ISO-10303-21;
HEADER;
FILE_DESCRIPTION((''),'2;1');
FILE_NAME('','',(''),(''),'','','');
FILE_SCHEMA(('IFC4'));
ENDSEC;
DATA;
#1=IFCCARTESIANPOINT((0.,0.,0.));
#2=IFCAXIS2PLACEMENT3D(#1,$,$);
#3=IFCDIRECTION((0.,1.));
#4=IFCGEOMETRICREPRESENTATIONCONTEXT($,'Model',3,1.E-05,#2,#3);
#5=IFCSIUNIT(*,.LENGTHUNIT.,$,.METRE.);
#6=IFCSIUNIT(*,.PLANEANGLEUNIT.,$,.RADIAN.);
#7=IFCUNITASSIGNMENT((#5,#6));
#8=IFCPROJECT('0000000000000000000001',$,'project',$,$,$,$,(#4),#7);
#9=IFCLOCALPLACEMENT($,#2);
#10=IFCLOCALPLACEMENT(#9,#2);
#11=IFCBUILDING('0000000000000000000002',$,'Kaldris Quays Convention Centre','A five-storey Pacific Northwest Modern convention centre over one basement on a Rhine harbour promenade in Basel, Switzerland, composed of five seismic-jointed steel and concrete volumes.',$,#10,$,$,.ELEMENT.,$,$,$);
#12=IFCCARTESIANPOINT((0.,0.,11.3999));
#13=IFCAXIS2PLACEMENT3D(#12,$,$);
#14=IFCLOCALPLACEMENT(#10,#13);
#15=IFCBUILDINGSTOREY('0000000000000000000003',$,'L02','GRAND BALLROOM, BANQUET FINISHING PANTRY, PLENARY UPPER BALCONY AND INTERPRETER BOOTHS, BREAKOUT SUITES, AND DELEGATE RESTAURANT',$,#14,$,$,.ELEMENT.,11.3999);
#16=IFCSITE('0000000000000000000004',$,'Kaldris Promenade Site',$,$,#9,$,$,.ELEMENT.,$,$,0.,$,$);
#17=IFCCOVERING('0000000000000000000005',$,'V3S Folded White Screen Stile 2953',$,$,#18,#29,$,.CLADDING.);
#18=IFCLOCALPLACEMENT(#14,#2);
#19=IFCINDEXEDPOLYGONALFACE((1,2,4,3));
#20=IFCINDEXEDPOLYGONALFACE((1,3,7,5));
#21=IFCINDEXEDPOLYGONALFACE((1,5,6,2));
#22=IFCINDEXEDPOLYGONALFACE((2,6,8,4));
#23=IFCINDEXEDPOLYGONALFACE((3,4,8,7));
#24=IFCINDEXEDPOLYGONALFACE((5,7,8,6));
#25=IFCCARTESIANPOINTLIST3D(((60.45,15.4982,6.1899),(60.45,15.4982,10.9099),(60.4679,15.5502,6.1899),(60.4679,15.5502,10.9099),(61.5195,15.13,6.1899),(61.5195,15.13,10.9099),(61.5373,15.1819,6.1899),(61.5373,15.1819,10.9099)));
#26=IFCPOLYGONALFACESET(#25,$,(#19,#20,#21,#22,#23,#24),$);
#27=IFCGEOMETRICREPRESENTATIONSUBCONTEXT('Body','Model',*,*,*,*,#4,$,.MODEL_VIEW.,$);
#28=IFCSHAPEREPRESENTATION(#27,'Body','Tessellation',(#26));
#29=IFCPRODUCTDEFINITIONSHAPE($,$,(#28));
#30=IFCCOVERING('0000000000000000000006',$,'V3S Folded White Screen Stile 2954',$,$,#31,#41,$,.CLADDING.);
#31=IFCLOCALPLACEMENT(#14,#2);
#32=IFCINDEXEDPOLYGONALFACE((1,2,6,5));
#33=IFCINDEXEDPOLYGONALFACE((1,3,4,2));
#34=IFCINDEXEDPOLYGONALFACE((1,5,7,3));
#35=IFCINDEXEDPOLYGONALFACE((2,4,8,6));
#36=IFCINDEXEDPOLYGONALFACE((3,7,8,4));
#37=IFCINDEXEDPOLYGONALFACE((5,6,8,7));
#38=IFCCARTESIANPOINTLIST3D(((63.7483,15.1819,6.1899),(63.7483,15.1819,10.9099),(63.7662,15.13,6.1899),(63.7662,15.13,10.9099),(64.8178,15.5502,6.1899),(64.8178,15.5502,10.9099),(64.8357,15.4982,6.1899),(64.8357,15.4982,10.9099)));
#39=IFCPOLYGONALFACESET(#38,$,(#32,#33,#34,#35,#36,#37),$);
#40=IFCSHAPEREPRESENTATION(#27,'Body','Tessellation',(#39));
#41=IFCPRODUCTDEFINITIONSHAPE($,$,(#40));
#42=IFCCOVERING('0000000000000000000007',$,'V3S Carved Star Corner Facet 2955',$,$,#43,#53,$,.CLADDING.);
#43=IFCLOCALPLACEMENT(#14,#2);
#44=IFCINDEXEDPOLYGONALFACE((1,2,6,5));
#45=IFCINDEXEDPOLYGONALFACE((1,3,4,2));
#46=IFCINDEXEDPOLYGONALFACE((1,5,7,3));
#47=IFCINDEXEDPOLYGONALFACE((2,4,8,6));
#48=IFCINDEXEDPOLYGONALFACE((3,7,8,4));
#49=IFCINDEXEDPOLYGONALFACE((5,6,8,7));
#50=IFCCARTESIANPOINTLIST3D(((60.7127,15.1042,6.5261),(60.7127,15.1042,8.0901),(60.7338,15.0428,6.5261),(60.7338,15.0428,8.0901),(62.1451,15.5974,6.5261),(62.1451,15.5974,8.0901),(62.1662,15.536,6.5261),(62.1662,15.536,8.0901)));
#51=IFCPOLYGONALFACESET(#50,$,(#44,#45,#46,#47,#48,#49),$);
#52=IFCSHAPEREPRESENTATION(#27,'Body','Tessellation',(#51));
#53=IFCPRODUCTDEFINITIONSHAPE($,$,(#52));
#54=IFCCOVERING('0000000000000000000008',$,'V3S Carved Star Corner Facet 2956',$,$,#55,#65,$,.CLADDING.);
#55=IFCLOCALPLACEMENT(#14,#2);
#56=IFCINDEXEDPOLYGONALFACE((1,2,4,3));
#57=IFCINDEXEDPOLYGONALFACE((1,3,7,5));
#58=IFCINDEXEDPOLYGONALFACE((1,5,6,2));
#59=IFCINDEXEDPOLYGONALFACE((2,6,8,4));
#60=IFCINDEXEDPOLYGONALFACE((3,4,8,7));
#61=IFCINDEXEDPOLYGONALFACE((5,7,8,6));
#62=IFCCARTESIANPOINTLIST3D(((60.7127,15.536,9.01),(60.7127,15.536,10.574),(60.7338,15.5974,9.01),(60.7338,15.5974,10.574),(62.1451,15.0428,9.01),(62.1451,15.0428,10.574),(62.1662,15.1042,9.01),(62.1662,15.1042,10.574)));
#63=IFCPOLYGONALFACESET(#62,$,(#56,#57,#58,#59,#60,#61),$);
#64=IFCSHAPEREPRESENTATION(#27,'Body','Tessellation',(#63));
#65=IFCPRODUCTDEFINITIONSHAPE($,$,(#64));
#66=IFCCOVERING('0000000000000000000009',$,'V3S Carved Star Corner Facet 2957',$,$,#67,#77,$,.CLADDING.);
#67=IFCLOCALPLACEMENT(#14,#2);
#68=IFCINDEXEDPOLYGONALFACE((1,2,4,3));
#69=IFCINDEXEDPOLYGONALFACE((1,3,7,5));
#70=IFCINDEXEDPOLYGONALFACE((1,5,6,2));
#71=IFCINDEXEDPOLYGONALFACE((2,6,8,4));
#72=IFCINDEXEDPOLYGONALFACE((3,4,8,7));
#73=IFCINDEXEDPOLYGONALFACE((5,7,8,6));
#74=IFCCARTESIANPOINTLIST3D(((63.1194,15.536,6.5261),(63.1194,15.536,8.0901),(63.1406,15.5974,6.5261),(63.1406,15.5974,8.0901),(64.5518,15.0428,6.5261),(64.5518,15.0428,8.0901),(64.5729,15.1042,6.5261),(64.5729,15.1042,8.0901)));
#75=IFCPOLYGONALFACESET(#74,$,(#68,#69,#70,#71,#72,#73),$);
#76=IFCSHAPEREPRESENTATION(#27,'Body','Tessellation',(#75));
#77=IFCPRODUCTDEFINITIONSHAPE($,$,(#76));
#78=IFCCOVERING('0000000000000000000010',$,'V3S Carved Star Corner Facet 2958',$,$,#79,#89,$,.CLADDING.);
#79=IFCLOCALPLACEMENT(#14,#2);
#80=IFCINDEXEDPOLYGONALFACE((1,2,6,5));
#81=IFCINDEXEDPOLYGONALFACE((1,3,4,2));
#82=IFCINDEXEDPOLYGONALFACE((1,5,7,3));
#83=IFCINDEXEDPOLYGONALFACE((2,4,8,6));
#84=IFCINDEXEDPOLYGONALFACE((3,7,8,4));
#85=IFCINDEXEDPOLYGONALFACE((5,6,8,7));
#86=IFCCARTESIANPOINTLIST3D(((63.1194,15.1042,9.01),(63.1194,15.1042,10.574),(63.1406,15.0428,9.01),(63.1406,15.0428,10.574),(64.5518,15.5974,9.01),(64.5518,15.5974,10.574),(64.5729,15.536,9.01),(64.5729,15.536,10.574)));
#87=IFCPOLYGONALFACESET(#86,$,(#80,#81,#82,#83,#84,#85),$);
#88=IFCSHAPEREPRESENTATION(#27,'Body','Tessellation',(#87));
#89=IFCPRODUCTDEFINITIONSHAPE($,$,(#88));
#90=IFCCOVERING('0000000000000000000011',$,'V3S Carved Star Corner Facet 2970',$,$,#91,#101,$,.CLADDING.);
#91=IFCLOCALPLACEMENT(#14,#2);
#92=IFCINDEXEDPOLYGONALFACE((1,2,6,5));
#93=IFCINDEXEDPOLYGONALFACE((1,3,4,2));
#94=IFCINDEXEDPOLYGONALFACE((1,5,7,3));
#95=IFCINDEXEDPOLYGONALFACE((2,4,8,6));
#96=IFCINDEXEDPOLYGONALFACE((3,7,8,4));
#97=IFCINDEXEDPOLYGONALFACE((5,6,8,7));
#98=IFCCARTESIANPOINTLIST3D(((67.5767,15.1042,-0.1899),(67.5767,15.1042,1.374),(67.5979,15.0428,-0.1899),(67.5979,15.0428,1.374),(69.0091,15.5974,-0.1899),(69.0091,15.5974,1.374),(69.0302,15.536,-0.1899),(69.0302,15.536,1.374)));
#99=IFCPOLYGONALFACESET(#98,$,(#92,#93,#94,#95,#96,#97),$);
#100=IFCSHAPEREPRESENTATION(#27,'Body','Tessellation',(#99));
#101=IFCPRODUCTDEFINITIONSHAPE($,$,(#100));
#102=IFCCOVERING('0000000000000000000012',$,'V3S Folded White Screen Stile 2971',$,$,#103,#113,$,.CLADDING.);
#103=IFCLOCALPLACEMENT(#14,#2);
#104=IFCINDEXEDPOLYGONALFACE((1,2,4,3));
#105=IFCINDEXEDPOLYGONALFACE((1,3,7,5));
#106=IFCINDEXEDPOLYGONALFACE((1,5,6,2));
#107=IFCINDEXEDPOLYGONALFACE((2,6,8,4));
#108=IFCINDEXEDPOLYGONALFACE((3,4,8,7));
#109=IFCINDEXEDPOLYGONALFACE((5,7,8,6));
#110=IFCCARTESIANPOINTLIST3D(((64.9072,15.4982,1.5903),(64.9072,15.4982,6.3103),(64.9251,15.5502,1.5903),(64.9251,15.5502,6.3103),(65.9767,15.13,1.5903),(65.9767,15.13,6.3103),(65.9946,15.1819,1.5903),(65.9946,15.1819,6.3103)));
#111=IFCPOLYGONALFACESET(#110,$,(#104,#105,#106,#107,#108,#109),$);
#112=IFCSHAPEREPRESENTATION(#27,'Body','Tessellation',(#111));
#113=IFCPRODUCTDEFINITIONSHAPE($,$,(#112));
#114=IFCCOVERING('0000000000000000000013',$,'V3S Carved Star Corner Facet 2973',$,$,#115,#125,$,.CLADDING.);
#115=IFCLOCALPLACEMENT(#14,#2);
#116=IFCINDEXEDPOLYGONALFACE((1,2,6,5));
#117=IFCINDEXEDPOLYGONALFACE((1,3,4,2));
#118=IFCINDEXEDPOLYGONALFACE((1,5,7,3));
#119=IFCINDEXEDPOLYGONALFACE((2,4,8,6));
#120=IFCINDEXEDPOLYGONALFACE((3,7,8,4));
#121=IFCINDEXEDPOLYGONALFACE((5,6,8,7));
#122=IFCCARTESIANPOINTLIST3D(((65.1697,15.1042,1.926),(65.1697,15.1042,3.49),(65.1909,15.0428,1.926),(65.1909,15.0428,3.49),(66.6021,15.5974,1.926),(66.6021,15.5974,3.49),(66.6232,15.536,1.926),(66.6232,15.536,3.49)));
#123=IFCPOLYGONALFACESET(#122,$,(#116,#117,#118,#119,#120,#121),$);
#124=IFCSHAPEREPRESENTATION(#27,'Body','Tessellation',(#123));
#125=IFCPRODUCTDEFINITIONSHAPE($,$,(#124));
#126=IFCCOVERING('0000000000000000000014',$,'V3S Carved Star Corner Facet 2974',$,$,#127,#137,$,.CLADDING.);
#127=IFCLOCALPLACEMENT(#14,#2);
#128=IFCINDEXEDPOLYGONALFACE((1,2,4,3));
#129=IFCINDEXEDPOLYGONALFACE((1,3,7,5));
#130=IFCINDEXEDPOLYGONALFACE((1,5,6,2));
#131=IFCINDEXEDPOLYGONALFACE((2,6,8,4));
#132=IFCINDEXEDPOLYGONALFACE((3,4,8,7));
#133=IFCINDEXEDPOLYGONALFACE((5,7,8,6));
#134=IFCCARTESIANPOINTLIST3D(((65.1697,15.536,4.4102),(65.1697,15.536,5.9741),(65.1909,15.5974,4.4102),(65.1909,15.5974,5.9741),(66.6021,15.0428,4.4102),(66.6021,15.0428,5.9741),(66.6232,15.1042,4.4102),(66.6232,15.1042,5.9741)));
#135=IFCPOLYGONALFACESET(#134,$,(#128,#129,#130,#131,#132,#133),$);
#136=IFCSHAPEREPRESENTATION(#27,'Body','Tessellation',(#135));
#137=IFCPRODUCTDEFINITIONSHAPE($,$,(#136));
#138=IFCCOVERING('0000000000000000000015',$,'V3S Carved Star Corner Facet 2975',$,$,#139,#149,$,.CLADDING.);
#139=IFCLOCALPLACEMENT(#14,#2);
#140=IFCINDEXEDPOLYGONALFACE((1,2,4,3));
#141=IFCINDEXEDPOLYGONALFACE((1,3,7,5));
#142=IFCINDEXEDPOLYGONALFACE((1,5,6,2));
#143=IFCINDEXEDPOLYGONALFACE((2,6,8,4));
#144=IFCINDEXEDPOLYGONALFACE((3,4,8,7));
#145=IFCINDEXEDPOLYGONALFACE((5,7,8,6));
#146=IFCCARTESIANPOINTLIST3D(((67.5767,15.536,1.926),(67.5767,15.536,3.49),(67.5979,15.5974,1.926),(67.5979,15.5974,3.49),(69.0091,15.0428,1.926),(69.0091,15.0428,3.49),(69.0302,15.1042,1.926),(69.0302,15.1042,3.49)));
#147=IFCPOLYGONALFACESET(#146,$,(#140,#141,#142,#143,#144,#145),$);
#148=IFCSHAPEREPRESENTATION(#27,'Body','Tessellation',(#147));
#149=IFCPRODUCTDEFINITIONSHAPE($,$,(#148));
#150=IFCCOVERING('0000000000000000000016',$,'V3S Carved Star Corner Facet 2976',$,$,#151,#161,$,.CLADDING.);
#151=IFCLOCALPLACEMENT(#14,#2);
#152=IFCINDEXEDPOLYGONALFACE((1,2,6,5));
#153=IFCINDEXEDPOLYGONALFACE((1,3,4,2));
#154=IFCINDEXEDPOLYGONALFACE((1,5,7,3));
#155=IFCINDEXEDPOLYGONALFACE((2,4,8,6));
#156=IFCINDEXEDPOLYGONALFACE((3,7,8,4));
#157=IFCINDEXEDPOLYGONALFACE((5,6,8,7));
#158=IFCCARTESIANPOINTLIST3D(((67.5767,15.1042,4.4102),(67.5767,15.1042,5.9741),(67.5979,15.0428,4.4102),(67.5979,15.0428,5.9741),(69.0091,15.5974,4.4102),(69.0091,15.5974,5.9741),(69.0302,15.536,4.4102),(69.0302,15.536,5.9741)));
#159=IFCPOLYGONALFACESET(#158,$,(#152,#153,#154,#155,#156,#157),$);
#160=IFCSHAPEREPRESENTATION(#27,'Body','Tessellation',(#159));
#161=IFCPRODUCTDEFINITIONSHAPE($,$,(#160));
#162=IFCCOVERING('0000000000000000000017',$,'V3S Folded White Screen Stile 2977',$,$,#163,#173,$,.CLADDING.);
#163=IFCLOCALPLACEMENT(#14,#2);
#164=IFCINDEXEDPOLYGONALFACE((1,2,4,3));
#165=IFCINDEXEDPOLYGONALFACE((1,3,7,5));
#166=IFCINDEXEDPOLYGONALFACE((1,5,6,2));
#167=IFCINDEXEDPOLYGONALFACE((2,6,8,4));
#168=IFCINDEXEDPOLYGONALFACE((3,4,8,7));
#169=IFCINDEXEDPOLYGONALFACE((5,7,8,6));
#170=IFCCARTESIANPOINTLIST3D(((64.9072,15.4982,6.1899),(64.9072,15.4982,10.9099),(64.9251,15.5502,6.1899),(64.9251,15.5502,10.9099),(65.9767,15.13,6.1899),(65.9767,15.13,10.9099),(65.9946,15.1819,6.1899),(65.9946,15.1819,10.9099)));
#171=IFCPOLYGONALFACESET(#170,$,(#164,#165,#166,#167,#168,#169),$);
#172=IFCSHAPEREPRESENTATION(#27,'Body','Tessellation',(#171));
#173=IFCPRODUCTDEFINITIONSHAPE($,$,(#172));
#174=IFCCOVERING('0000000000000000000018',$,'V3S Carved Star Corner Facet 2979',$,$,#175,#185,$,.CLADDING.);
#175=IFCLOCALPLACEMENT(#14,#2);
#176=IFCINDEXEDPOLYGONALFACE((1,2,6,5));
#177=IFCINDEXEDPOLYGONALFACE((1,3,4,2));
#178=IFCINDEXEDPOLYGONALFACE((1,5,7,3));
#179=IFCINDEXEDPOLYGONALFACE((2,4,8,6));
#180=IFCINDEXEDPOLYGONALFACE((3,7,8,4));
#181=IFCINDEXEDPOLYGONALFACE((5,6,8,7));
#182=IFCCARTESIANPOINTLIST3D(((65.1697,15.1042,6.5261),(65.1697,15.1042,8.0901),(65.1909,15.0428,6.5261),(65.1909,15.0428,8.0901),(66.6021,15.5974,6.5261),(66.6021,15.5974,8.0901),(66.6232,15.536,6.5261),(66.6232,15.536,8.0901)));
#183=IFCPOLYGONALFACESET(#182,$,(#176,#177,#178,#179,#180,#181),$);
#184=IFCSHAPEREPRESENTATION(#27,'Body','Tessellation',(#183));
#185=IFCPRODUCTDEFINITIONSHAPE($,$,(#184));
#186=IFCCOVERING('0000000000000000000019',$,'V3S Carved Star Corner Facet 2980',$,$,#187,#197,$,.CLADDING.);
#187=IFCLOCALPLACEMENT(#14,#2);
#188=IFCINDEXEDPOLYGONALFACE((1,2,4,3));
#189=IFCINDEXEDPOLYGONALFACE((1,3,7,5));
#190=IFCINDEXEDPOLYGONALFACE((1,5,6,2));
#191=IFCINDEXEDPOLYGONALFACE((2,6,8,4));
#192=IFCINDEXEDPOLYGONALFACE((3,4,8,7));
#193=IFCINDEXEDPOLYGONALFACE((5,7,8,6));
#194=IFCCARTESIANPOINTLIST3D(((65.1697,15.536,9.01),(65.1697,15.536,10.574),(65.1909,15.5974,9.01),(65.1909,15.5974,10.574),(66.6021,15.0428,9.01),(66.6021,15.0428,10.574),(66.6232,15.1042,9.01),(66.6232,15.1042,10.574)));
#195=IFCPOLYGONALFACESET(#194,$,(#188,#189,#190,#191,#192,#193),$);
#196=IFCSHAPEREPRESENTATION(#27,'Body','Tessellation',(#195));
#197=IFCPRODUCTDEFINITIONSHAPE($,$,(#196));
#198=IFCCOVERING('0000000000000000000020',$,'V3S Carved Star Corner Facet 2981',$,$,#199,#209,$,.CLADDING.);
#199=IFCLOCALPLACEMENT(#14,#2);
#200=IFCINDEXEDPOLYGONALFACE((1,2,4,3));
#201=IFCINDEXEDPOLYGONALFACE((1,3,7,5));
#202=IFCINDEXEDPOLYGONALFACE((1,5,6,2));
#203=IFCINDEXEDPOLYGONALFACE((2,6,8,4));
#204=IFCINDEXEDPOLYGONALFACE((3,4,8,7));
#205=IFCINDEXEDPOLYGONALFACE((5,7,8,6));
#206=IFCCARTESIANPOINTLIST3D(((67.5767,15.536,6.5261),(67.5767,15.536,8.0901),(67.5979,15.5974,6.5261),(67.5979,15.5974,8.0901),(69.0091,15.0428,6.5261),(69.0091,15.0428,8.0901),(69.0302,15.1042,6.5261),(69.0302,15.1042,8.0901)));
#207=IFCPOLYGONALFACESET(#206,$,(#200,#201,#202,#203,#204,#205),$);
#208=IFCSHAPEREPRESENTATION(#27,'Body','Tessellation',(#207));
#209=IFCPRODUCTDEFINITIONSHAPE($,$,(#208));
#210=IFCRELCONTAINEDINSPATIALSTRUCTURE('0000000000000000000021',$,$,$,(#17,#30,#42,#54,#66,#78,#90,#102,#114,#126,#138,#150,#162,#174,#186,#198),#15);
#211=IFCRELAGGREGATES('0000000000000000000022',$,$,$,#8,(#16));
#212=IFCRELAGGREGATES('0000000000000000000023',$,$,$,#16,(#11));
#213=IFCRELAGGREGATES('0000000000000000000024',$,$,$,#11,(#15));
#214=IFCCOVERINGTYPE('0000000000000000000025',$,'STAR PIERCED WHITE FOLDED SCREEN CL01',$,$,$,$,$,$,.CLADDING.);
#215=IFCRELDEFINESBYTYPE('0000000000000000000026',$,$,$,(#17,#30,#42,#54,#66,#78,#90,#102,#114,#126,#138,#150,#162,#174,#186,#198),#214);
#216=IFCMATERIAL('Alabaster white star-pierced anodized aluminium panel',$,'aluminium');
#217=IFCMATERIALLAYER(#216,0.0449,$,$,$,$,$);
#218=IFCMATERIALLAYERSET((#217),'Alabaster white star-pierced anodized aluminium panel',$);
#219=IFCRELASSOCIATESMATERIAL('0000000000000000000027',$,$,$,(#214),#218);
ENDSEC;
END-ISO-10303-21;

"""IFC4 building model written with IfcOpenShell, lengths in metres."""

from ifc_helpers import new_model, si_unit, direction, frame, origin, origin_2d, place, context, subcontext, project, spatial, rectangle, extrude, material, layer, layer_set, type_object, element, save


model = new_model("IFC4")

# Units and contexts
model_context = context("Model", 3, precision=1e-05, world=origin(), true_north=direction((0.0, 1.0)))
body_context = subcontext(model_context, "Body", "Model", "MODEL_VIEW")
ifc_project = project(units=[si_unit("LENGTHUNIT", "METRE"), si_unit("PLANEANGLEUNIT", "RADIAN")], contexts=[model_context])

# Site, building, storey
site_placement = place(None, origin())
site = spatial("IfcSite", under=ifc_project, at=site_placement, Name="Kaldris Promenade Site", CompositionType="ELEMENT", RefElevation=0.0)
building_placement = place(site_placement, origin())
building = spatial("IfcBuilding", under=site, at=building_placement, Name="Kaldris Quays Convention Centre", Description="A five-storey Pacific Northwest Modern convention centre over one basement on a Rhine harbour promenade in Basel, Switzerland, composed of five seismic-jointed steel and concrete volumes.", CompositionType="ELEMENT")
storey_placement = place(building_placement, frame((0.0, 0.0, 11.3999)))
storey = spatial("IfcBuildingStorey", under=building, at=storey_placement, Name="L02", Description="GRAND BALLROOM, BANQUET FINISHING PANTRY, PLENARY UPPER BALCONY AND INTERPRETER BOOTHS, BREAKOUT SUITES, AND DELEGATE RESTAURANT", CompositionType="ELEMENT", Elevation=11.3999)

# Coverings
ifc_material = material(Name="Alabaster white star-pierced anodized aluminium panel", Category="aluminium")
ifc_layer = layer(ifc_material, 0.0449)
ifc_layer_set = layer_set([ifc_layer], Name="Alabaster white star-pierced anodized aluminium panel")
covering_type = type_object("IfcCoveringType", Name="STAR PIERCED WHITE FOLDED SCREEN CL01", PredefinedType="CLADDING", material=ifc_layer_set)
for number, where, z_axis, x_axis, name in (
    (1, (60.9937, 15.3401, 6.1899), (0.0, 0.0, 1.0), (0.945519, -0.325568, 0.0), "V3S Folded White Screen Stile 2953"),
    (2, (64.292, 15.3401, 6.1899), (0.0, 0.0, 1.0), (0.945519, 0.325568, 0.0), "V3S Folded White Screen Stile 2954"),
):
    element("IfcCovering", number, at=place(storey_placement, frame(where, z_axis=z_axis, x_axis=x_axis)), inside=storey, type_object=covering_type, Name=name, PredefinedType="CLADDING", context=body_context, shape_type="SweptSolid", body=[
        extrude(rectangle(XDim=1.1311, YDim=0.0549, at=origin_2d()), origin(), (0.0, 0.0, 1.0), 4.72),
    ])
for number, where, z_axis, x_axis, name in (
    (3, (61.4395, 15.3201, 6.5261), (0.0, 0.0, 1.0), (0.945519, 0.325568, 0.0), "V3S Carved Star Corner Facet 2955"),
    (4, (61.4395, 15.3201, 9.01), (0.0, 0.0, 1.0), (0.945519, -0.325568, 0.0), "V3S Carved Star Corner Facet 2956"),
    (5, (63.8462, 15.3201, 6.5261), (0.0, 0.0, 1.0), (0.945519, -0.325568, 0.0), "V3S Carved Star Corner Facet 2957"),
    (6, (63.8462, 15.3201, 9.01), (0.0, 0.0, 1.0), (0.945519, 0.325568, 0.0), "V3S Carved Star Corner Facet 2958"),
    (7, (68.3035, 15.3201, -0.1899), (0.0, 0.0, 1.0), (0.945519, 0.325568, 0.0), "V3S Carved Star Corner Facet 2970"),
):
    element("IfcCovering", number, at=place(storey_placement, frame(where, z_axis=z_axis, x_axis=x_axis)), inside=storey, type_object=covering_type, Name=name, PredefinedType="CLADDING", context=body_context, shape_type="SweptSolid", body=[
        extrude(rectangle(XDim=1.5149, YDim=0.0649, at=origin_2d()), origin(), (0.0, 0.0, 1.0), 1.564),
    ])
covering_1_placement = place(storey_placement, frame((65.4509, 15.3401, 1.5903), z_axis=(0.0, 0.0, 1.0), x_axis=(0.945519, -0.325568, 0.0)))
element("IfcCovering", 8, at=covering_1_placement, inside=storey, type_object=covering_type, Name="V3S Folded White Screen Stile 2971", PredefinedType="CLADDING", context=body_context, shape_type="SweptSolid", body=[
    extrude(rectangle(XDim=1.1311, YDim=0.0549, at=origin_2d()), origin(), (0.0, 0.0, 1.0), 4.72),
])
for number, where, z_axis, x_axis, name in (
    (9, (65.8965, 15.3201, 1.926), (0.0, 0.0, 1.0), (0.945519, 0.325568, 0.0), "V3S Carved Star Corner Facet 2973"),
    (10, (65.8965, 15.3201, 4.4102), (0.0, 0.0, 1.0), (0.945519, -0.325568, 0.0), "V3S Carved Star Corner Facet 2974"),
    (11, (68.3035, 15.3201, 1.926), (0.0, 0.0, 1.0), (0.945519, -0.325568, 0.0), "V3S Carved Star Corner Facet 2975"),
    (12, (68.3035, 15.3201, 4.4102), (0.0, 0.0, 1.0), (0.945519, 0.325568, 0.0), "V3S Carved Star Corner Facet 2976"),
):
    element("IfcCovering", number, at=place(storey_placement, frame(where, z_axis=z_axis, x_axis=x_axis)), inside=storey, type_object=covering_type, Name=name, PredefinedType="CLADDING", context=body_context, shape_type="SweptSolid", body=[
        extrude(rectangle(XDim=1.5149, YDim=0.0649, at=origin_2d()), origin(), (0.0, 0.0, 1.0), 1.564),
    ])
covering_2_placement = place(storey_placement, frame((65.4509, 15.3401, 6.1899), z_axis=(0.0, 0.0, 1.0), x_axis=(0.945519, -0.325568, 0.0)))
element("IfcCovering", 13, at=covering_2_placement, inside=storey, type_object=covering_type, Name="V3S Folded White Screen Stile 2977", PredefinedType="CLADDING", context=body_context, shape_type="SweptSolid", body=[
    extrude(rectangle(XDim=1.1311, YDim=0.0549, at=origin_2d()), origin(), (0.0, 0.0, 1.0), 4.72),
])
for number, where, z_axis, x_axis, name in (
    (14, (65.8965, 15.3201, 6.5261), (0.0, 0.0, 1.0), (0.945519, 0.325568, 0.0), "V3S Carved Star Corner Facet 2979"),
    (15, (65.8965, 15.3201, 9.01), (0.0, 0.0, 1.0), (0.945519, -0.325568, 0.0), "V3S Carved Star Corner Facet 2980"),
    (16, (68.3035, 15.3201, 6.5261), (0.0, 0.0, 1.0), (0.945519, -0.325568, 0.0), "V3S Carved Star Corner Facet 2981"),
):
    element("IfcCovering", number, at=place(storey_placement, frame(where, z_axis=z_axis, x_axis=x_axis)), inside=storey, type_object=covering_type, Name=name, PredefinedType="CLADDING", context=body_context, shape_type="SweptSolid", body=[
        extrude(rectangle(XDim=1.5149, YDim=0.0649, at=origin_2d()), origin(), (0.0, 0.0, 1.0), 1.564),
    ])

save(model, "model.ifc")
